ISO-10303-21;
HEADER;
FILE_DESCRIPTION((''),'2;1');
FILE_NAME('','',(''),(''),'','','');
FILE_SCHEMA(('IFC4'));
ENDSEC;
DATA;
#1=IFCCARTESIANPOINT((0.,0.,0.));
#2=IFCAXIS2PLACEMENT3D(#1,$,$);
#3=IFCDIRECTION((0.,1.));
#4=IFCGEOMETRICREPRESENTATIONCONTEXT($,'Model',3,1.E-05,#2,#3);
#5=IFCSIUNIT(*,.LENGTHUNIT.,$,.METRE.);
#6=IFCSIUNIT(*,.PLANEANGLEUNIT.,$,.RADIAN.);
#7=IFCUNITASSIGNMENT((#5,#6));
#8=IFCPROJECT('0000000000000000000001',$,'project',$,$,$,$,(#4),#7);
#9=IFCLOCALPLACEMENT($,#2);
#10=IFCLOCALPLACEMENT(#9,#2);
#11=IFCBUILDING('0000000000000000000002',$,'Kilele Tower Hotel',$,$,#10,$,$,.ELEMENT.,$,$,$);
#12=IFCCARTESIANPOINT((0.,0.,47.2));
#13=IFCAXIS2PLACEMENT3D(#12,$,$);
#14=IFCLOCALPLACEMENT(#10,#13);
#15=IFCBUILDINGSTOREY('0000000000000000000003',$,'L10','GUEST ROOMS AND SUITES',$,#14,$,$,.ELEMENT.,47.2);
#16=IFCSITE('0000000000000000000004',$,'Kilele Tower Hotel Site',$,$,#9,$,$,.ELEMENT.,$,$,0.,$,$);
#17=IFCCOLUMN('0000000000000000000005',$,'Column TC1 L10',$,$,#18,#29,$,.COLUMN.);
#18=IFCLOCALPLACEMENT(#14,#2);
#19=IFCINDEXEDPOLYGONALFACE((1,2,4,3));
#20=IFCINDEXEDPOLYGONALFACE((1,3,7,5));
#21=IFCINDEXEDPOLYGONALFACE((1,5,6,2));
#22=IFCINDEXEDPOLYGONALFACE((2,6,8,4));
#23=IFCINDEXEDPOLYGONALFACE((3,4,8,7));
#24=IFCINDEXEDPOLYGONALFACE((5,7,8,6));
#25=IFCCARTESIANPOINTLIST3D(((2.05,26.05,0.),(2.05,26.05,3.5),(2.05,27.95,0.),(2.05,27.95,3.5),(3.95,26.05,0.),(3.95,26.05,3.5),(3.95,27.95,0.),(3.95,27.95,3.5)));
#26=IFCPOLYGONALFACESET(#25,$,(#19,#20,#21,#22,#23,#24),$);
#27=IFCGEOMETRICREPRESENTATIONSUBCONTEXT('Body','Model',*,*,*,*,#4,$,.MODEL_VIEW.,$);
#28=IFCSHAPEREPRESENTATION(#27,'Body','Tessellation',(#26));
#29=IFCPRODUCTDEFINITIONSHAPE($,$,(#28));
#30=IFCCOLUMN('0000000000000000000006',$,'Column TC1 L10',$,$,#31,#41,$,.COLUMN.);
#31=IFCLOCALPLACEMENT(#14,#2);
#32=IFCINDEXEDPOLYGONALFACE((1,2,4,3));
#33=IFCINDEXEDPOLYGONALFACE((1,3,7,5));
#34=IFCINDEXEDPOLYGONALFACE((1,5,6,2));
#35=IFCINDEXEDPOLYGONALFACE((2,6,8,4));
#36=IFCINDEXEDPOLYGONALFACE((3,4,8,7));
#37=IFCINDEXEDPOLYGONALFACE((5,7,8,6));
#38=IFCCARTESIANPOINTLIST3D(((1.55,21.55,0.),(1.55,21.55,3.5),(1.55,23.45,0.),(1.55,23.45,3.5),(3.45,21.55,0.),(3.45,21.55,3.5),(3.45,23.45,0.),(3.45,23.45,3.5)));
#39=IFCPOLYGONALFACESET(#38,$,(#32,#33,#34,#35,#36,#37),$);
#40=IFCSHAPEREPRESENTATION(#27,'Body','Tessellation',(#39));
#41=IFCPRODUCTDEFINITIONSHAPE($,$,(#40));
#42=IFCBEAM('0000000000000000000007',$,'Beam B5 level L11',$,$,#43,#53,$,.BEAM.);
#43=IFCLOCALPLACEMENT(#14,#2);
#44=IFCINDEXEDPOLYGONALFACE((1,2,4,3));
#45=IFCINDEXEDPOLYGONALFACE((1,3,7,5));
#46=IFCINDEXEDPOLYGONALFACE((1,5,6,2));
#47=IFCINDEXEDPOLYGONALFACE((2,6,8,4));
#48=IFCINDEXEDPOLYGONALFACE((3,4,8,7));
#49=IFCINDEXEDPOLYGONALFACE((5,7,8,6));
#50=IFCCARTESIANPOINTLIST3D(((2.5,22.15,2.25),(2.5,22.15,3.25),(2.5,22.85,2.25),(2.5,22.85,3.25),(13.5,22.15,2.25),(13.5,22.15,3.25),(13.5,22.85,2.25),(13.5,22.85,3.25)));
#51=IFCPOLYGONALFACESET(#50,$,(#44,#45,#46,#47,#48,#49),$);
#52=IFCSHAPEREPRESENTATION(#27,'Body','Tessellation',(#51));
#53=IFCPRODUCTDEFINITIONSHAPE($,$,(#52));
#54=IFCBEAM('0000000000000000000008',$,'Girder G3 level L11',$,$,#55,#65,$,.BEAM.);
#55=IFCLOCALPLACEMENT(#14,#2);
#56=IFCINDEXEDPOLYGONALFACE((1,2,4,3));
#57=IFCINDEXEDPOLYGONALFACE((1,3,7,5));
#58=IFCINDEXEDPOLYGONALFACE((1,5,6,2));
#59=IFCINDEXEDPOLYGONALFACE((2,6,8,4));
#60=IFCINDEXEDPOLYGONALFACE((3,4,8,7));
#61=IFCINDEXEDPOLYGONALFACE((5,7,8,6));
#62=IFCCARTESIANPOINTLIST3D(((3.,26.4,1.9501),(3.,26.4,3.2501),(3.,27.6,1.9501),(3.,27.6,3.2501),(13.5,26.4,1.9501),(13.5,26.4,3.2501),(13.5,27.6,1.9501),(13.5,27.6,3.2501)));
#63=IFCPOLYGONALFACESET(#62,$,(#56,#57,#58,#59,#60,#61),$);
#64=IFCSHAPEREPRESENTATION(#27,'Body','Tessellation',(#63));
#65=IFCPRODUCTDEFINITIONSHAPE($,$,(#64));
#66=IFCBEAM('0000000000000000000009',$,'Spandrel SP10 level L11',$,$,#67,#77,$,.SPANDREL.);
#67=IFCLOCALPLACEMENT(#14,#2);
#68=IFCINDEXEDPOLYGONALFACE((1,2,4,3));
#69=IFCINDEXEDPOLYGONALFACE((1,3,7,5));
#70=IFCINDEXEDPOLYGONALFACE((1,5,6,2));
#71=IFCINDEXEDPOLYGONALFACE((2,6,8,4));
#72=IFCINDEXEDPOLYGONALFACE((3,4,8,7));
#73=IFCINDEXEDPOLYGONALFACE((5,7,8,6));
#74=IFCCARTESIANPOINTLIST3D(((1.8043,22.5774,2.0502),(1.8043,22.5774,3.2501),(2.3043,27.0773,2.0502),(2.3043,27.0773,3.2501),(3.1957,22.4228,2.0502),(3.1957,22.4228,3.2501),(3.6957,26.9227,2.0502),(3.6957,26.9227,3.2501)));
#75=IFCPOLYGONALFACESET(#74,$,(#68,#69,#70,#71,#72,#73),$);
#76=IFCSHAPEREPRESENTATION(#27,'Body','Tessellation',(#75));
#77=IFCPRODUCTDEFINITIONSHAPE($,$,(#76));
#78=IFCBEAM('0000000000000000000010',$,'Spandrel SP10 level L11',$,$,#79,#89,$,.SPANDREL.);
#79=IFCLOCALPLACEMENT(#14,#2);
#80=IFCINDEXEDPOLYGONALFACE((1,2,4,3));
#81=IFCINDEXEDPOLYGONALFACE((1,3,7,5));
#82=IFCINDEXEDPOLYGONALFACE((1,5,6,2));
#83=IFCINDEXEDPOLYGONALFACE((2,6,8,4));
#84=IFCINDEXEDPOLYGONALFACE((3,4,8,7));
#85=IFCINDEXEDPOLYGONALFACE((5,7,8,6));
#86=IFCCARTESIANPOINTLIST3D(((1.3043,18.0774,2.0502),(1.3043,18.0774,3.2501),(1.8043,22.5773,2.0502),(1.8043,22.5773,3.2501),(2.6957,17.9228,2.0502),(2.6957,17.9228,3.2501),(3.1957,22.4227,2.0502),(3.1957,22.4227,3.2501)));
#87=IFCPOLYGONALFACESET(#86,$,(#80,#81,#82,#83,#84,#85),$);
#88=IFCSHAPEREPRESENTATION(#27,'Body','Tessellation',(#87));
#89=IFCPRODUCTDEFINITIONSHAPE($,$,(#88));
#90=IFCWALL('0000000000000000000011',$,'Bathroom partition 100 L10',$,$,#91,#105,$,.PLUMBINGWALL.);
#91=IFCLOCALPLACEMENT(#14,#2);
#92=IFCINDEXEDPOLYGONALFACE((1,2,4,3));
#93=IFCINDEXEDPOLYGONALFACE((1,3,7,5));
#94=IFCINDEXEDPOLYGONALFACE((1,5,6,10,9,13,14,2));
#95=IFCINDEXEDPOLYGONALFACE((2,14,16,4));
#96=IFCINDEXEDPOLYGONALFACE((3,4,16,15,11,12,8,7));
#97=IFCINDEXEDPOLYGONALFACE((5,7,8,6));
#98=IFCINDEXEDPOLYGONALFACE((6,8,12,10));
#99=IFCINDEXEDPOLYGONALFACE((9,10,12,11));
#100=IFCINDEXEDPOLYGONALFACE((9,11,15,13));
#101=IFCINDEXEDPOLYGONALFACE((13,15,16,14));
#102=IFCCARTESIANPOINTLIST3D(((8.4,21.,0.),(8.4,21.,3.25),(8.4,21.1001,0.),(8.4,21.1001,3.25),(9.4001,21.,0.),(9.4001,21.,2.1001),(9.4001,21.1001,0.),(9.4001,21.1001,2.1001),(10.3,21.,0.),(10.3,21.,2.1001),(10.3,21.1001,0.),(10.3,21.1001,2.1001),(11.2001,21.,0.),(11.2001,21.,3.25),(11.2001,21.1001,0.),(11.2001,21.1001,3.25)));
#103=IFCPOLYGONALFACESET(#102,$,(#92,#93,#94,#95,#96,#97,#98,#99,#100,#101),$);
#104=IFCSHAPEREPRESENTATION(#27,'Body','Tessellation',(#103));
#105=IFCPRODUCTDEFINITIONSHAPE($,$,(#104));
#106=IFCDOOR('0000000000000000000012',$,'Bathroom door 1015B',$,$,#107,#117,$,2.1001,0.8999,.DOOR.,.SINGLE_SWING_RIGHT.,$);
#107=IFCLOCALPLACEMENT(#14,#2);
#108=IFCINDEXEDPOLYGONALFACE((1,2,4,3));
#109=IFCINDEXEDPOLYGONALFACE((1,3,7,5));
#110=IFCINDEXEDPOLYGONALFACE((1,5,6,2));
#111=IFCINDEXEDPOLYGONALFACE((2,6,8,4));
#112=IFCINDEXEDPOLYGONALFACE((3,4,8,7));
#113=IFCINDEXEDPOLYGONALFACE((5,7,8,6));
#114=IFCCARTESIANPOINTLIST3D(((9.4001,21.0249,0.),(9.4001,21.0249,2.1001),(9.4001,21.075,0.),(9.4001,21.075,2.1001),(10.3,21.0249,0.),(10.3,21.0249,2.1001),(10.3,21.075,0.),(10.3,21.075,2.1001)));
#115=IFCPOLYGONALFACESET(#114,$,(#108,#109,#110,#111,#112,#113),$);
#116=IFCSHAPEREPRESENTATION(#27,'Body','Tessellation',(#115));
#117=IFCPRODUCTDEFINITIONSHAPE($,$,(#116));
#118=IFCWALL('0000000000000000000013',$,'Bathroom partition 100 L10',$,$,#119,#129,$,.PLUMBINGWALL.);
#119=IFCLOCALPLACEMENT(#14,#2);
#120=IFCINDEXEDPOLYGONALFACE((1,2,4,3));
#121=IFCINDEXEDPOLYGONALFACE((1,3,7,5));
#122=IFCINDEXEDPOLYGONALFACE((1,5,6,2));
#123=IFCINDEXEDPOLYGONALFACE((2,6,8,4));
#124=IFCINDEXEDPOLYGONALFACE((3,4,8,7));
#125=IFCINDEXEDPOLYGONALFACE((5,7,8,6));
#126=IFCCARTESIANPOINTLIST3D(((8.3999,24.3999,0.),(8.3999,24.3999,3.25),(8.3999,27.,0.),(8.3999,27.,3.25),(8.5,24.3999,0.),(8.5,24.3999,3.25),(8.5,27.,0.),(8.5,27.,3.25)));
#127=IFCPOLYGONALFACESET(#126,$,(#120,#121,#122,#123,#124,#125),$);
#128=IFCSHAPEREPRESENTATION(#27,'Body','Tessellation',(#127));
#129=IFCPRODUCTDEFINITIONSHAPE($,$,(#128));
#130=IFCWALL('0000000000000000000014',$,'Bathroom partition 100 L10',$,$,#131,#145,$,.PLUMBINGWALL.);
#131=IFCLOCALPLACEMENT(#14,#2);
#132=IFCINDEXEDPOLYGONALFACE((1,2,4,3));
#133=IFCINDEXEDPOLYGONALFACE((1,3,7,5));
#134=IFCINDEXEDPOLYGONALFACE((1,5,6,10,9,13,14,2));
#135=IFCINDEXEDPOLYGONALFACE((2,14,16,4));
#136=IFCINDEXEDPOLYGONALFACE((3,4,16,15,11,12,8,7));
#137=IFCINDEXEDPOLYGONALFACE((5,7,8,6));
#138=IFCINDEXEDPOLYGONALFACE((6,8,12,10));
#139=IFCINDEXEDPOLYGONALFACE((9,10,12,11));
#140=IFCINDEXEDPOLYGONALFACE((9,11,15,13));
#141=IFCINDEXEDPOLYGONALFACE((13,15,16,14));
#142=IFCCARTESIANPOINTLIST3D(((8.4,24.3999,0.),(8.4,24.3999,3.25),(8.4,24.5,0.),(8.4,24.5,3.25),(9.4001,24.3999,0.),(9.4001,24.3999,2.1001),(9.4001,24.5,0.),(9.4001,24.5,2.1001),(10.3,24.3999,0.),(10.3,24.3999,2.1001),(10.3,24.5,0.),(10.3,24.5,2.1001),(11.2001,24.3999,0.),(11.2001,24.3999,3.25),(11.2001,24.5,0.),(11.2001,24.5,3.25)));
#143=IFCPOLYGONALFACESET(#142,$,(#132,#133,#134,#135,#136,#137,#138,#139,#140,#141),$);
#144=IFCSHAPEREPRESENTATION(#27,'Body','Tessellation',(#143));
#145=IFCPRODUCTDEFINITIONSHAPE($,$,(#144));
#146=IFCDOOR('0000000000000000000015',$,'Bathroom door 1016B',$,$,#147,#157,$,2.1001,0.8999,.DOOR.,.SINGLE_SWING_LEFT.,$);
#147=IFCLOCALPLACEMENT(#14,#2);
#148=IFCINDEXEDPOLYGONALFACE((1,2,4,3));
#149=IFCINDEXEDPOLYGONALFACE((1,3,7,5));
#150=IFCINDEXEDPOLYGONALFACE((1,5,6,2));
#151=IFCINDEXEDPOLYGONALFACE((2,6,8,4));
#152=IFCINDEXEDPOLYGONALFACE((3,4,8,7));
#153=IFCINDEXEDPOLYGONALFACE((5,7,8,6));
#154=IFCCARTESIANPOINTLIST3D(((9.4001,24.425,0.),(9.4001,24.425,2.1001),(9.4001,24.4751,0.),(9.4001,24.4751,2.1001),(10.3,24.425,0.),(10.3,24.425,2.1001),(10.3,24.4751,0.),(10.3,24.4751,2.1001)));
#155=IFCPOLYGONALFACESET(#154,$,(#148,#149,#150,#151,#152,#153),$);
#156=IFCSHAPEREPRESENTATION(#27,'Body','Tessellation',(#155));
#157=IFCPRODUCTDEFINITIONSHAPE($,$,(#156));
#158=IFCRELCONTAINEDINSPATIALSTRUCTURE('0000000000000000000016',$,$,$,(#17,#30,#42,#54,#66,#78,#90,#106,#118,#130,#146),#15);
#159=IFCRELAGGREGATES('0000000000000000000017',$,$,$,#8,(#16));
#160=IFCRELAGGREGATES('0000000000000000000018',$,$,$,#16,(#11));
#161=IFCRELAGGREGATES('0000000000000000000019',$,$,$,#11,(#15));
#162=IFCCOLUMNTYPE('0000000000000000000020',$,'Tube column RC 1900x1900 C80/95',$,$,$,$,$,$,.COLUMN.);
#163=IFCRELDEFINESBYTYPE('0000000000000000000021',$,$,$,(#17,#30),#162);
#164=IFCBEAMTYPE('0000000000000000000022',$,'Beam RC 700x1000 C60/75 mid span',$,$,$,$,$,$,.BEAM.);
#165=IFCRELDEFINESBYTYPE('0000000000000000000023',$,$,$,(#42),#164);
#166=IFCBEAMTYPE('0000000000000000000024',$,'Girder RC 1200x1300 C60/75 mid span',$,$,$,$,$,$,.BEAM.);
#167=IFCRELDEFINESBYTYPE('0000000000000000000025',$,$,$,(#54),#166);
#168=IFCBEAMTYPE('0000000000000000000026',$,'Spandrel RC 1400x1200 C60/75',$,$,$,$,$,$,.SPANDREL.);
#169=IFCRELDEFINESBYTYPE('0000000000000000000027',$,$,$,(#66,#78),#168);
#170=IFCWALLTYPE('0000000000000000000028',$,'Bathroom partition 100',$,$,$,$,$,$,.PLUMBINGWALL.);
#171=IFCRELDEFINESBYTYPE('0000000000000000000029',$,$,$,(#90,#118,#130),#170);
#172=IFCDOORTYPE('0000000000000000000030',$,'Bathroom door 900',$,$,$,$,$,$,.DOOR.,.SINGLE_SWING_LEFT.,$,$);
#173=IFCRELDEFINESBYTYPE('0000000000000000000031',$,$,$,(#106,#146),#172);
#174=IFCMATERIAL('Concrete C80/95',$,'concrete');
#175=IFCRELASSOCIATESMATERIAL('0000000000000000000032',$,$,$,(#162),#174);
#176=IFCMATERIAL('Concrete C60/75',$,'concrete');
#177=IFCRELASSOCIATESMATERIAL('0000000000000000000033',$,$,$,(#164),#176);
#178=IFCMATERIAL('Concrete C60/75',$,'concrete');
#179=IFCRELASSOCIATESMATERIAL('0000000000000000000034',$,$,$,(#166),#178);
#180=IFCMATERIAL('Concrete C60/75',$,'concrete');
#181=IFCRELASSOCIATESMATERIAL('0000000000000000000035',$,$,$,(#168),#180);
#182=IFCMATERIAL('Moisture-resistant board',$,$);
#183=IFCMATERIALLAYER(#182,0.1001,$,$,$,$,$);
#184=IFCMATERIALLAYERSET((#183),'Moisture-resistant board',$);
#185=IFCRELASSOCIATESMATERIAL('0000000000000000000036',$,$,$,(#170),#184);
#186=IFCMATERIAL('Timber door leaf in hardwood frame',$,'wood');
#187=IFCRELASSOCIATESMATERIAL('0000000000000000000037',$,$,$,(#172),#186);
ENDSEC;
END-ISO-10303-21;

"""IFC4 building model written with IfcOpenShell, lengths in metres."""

from ifc_helpers import new_model, si_unit, direction, frame, frame_2d, origin, origin_2d, place, context, subcontext, project, spatial, rectangle, extrude, material, layer, layer_set, material_profile, profile_set, type_object, element, fill, save


model = new_model("IFC4")

# Units and contexts
model_context = context("Model", 3, precision=1e-05, world=origin(), true_north=direction((0.0, 1.0)))
body_context = subcontext(model_context, "Body", "Model", "MODEL_VIEW")
ifc_project = project(units=[si_unit("LENGTHUNIT", "METRE"), si_unit("PLANEANGLEUNIT", "RADIAN")], contexts=[model_context])

# Site, building, storey
site_placement = place(None, origin())
site = spatial("IfcSite", under=ifc_project, at=site_placement, Name="Kilele Tower Hotel Site", CompositionType="ELEMENT", RefElevation=0.0)
building_placement = place(site_placement, origin())
building = spatial("IfcBuilding", under=site, at=building_placement, Name="Kilele Tower Hotel", CompositionType="ELEMENT")
storey_placement = place(building_placement, frame((0.0, 0.0, 47.2)))
storey = spatial("IfcBuildingStorey", under=building, at=storey_placement, Name="L10", Description="GUEST ROOMS AND SUITES", CompositionType="ELEMENT", Elevation=47.2)

# Columns
ifc_material_1 = material(Name="Concrete C80/95", Category="concrete")
ifc_material_profile_1 = material_profile(ifc_material_1, rectangle(XDim=1.8999, YDim=1.8999, at=origin_2d()))
ifc_profile_set_1 = profile_set([ifc_material_profile_1], Name="Concrete C80/95")
column_type = type_object("IfcColumnType", Name="Tube column RC 1900x1900 C80/95", PredefinedType="COLUMN", material=ifc_profile_set_1)
for number, where, z_axis, x_axis, name in (
    (1, (3.0, 27.0, 0.0), (0.0, 0.0, 1.0), (1.0, 0.0, 0.0), "Column TC1 L10"),
    (2, (2.5, 22.5, 0.0), (0.0, 0.0, 1.0), (1.0, 0.0, 0.0), "Column TC1 L10"),
):
    element("IfcColumn", number, at=place(storey_placement, frame(where, z_axis=z_axis, x_axis=x_axis)), inside=storey, type_object=column_type, Name=name, PredefinedType="COLUMN", context=body_context, shape_type="SweptSolid", body=[
        extrude(rectangle(XDim=1.8999, YDim=1.8999, at=origin_2d()), origin(), (0.0, 0.0, 1.0), 3.5),
    ])

# Beams
ifc_material_2 = material(Name="Concrete C60/75", Category="concrete")
ifc_material_profile_2 = material_profile(ifc_material_2, rectangle(XDim=0.7, YDim=1.0, at=origin_2d()))
ifc_profile_set_2 = profile_set([ifc_material_profile_2], Name="Concrete C60/75")
beam_type_1 = type_object("IfcBeamType", Name="Beam RC 700x1000 C60/75 mid span", PredefinedType="BEAM", material=ifc_profile_set_2)
beam_1_placement = place(storey_placement, frame((2.5, 22.5, 2.75), z_axis=(1.0, 0.0, 0.0), x_axis=(0.0, 1.0, 0.0)))
element("IfcBeam", 3, at=beam_1_placement, inside=storey, type_object=beam_type_1, Name="Beam B5 level L11", PredefinedType="BEAM", context=body_context, shape_type="SweptSolid", body=[
    extrude(rectangle(XDim=0.7, YDim=1.0, at=origin_2d()), origin(), (0.0, 0.0, 1.0), 11.0),
])
ifc_material_3 = material(Name="Concrete C60/75", Category="concrete")
ifc_material_profile_3 = material_profile(ifc_material_3, rectangle(XDim=1.2, YDim=1.3, at=origin_2d()))
ifc_profile_set_3 = profile_set([ifc_material_profile_3], Name="Concrete C60/75")
beam_type_2 = type_object("IfcBeamType", Name="Girder RC 1200x1300 C60/75 mid span", PredefinedType="BEAM", material=ifc_profile_set_3)
beam_2_placement = place(storey_placement, frame((3.0, 27.0, 2.6001), z_axis=(1.0, 0.0, 0.0), x_axis=(0.0, 1.0, 0.0)))
element("IfcBeam", 4, at=beam_2_placement, inside=storey, type_object=beam_type_2, Name="Girder G3 level L11", PredefinedType="BEAM", context=body_context, shape_type="SweptSolid", body=[
    extrude(rectangle(XDim=1.2, YDim=1.3, at=origin_2d()), origin(), (0.0, 0.0, 1.0), 10.5),
])
ifc_material_4 = material(Name="Concrete C60/75", Category="concrete")
ifc_material_profile_4 = material_profile(ifc_material_4, rectangle(XDim=1.3999, YDim=1.2, at=origin_2d()))
ifc_profile_set_4 = profile_set([ifc_material_profile_4], Name="Concrete C60/75")
beam_type_3 = type_object("IfcBeamType", Name="Spandrel RC 1400x1200 C60/75", PredefinedType="SPANDREL", material=ifc_profile_set_4)
for number, where, z_axis, x_axis, name in (
    (5, (3.0, 27.0, 2.6501), (-0.110432, -0.993884, 0.0), (0.993884, -0.110432, 0.0), "Spandrel SP10 level L11"),
    (6, (2.5, 22.5, 2.6501), (-0.110432, -0.993884, 0.0), (0.993884, -0.110432, 0.0), "Spandrel SP10 level L11"),
):
    element("IfcBeam", number, at=place(storey_placement, frame(where, z_axis=z_axis, x_axis=x_axis)), inside=storey, type_object=beam_type_3, Name=name, PredefinedType="SPANDREL", context=body_context, shape_type="SweptSolid", body=[
        extrude(rectangle(XDim=1.3999, YDim=1.2, at=origin_2d()), origin(), (0.0, 0.0, 1.0), 4.5276),
    ])

# Wall, opening, door
ifc_material_5 = material(Name="Moisture-resistant board")
ifc_layer_1 = layer(ifc_material_5, 0.1001)
ifc_layer_set_1 = layer_set([ifc_layer_1], Name="Moisture-resistant board")
wall_type_1 = type_object("IfcWallType", Name="Bathroom partition 100", PredefinedType="PLUMBINGWALL", material=ifc_layer_set_1)
wall_1_placement = place(storey_placement, frame((11.2, 21.05, 0.0), z_axis=(0.0, 0.0, 1.0), x_axis=(-1.0, 0.0, 0.0)))
wall_1 = element("IfcWall", 7, at=wall_1_placement, inside=storey, type_object=wall_type_1, Name="Bathroom partition 100 L10", PredefinedType="PLUMBINGWALL", context=body_context, shape_type="SweptSolid", body=[
    extrude(rectangle(XDim=2.8, YDim=0.1001, at=frame_2d((1.3999, 0.0))), origin(), (0.0, 0.0, 1.0), 3.25),
])
opening_1_placement = place(wall_1_placement, frame((1.7998, 0.0, 0.0), z_axis=(0.0, 0.0, 1.0), x_axis=(-1.0, 0.0, 0.0)))
opening_1 = element("IfcOpeningElement", 8, at=opening_1_placement, cuts=wall_1, PredefinedType="OPENING", context=body_context, shape_type="SweptSolid", body=[
    extrude(rectangle(XDim=0.8999, YDim=2.1001, at=frame_2d((0.45, 1.05))), frame((0.0, 0.0601, 0.0), z_axis=(0.0, -1.0, 0.0), x_axis=(1.0, 0.0, 0.0)), (0.0, 0.0, 1.0), 0.1201),
])
ifc_material_6 = material(Name="Timber door leaf in hardwood frame", Category="wood")
door_type_1 = type_object("IfcDoorType", Name="Bathroom door 900", OperationType="SINGLE_SWING_LEFT", PredefinedType="DOOR", material=ifc_material_6)
door_1_placement = place(opening_1_placement, origin())
door_1 = element("IfcDoor", 9, at=door_1_placement, inside=storey, type_object=door_type_1, Name="Bathroom door 1015B", OperationType="SINGLE_SWING_RIGHT", OverallHeight=2.1001, OverallWidth=0.8999, PredefinedType="DOOR", context=body_context, shape_type="SweptSolid", body=[
    extrude(rectangle(XDim=0.8999, YDim=2.1001, at=frame_2d((0.45, 1.05))), frame((0.0, 0.0249, 0.0), z_axis=(0.0, -1.0, 0.0), x_axis=(1.0, 0.0, 0.0)), (0.0, 0.0, 1.0), 0.05),
])
fill(opening_1, door_1)

# Wall
wall_2_placement = place(storey_placement, frame((8.45, 24.3999, 0.0), z_axis=(0.0, 0.0, 1.0), x_axis=(0.0, 1.0, 0.0)))
element("IfcWall", 10, at=wall_2_placement, inside=storey, type_object=wall_type_1, Name="Bathroom partition 100 L10", PredefinedType="PLUMBINGWALL", context=body_context, shape_type="SweptSolid", body=[
    extrude(rectangle(XDim=2.6001, YDim=0.1001, at=frame_2d((1.3, 0.0))), origin(), (0.0, 0.0, 1.0), 3.25),
])

# Wall, opening, door
wall_3_placement = place(storey_placement, frame((11.2, 24.45, 0.0), z_axis=(0.0, 0.0, 1.0), x_axis=(-1.0, 0.0, 0.0)))
wall_3 = element("IfcWall", 11, at=wall_3_placement, inside=storey, type_object=wall_type_1, Name="Bathroom partition 100 L10", PredefinedType="PLUMBINGWALL", context=body_context, shape_type="SweptSolid", body=[
    extrude(rectangle(XDim=2.8, YDim=0.1001, at=frame_2d((1.3999, 0.0))), origin(), (0.0, 0.0, 1.0), 3.25),
])
opening_2_placement = place(wall_3_placement, frame((0.8999, 0.0, 0.0)))
opening_2 = element("IfcOpeningElement", 12, at=opening_2_placement, cuts=wall_3, PredefinedType="OPENING", context=body_context, shape_type="SweptSolid", body=[
    extrude(rectangle(XDim=0.8999, YDim=2.1001, at=frame_2d((0.45, 1.05))), frame((0.0, 0.0601, 0.0), z_axis=(0.0, -1.0, 0.0), x_axis=(1.0, 0.0, 0.0)), (0.0, 0.0, 1.0), 0.1201),
])
door_2_placement = place(opening_2_placement, origin())
door_2 = element("IfcDoor", 13, at=door_2_placement, inside=storey, type_object=door_type_1, Name="Bathroom door 1016B", OperationType="SINGLE_SWING_LEFT", OverallHeight=2.1001, OverallWidth=0.8999, PredefinedType="DOOR", context=body_context, shape_type="SweptSolid", body=[
    extrude(rectangle(XDim=0.8999, YDim=2.1001, at=frame_2d((0.45, 1.05))), frame((0.0, 0.0249, 0.0), z_axis=(0.0, -1.0, 0.0), x_axis=(1.0, 0.0, 0.0)), (0.0, 0.0, 1.0), 0.05),
])
fill(opening_2, door_2)

save(model, "model.ifc")
